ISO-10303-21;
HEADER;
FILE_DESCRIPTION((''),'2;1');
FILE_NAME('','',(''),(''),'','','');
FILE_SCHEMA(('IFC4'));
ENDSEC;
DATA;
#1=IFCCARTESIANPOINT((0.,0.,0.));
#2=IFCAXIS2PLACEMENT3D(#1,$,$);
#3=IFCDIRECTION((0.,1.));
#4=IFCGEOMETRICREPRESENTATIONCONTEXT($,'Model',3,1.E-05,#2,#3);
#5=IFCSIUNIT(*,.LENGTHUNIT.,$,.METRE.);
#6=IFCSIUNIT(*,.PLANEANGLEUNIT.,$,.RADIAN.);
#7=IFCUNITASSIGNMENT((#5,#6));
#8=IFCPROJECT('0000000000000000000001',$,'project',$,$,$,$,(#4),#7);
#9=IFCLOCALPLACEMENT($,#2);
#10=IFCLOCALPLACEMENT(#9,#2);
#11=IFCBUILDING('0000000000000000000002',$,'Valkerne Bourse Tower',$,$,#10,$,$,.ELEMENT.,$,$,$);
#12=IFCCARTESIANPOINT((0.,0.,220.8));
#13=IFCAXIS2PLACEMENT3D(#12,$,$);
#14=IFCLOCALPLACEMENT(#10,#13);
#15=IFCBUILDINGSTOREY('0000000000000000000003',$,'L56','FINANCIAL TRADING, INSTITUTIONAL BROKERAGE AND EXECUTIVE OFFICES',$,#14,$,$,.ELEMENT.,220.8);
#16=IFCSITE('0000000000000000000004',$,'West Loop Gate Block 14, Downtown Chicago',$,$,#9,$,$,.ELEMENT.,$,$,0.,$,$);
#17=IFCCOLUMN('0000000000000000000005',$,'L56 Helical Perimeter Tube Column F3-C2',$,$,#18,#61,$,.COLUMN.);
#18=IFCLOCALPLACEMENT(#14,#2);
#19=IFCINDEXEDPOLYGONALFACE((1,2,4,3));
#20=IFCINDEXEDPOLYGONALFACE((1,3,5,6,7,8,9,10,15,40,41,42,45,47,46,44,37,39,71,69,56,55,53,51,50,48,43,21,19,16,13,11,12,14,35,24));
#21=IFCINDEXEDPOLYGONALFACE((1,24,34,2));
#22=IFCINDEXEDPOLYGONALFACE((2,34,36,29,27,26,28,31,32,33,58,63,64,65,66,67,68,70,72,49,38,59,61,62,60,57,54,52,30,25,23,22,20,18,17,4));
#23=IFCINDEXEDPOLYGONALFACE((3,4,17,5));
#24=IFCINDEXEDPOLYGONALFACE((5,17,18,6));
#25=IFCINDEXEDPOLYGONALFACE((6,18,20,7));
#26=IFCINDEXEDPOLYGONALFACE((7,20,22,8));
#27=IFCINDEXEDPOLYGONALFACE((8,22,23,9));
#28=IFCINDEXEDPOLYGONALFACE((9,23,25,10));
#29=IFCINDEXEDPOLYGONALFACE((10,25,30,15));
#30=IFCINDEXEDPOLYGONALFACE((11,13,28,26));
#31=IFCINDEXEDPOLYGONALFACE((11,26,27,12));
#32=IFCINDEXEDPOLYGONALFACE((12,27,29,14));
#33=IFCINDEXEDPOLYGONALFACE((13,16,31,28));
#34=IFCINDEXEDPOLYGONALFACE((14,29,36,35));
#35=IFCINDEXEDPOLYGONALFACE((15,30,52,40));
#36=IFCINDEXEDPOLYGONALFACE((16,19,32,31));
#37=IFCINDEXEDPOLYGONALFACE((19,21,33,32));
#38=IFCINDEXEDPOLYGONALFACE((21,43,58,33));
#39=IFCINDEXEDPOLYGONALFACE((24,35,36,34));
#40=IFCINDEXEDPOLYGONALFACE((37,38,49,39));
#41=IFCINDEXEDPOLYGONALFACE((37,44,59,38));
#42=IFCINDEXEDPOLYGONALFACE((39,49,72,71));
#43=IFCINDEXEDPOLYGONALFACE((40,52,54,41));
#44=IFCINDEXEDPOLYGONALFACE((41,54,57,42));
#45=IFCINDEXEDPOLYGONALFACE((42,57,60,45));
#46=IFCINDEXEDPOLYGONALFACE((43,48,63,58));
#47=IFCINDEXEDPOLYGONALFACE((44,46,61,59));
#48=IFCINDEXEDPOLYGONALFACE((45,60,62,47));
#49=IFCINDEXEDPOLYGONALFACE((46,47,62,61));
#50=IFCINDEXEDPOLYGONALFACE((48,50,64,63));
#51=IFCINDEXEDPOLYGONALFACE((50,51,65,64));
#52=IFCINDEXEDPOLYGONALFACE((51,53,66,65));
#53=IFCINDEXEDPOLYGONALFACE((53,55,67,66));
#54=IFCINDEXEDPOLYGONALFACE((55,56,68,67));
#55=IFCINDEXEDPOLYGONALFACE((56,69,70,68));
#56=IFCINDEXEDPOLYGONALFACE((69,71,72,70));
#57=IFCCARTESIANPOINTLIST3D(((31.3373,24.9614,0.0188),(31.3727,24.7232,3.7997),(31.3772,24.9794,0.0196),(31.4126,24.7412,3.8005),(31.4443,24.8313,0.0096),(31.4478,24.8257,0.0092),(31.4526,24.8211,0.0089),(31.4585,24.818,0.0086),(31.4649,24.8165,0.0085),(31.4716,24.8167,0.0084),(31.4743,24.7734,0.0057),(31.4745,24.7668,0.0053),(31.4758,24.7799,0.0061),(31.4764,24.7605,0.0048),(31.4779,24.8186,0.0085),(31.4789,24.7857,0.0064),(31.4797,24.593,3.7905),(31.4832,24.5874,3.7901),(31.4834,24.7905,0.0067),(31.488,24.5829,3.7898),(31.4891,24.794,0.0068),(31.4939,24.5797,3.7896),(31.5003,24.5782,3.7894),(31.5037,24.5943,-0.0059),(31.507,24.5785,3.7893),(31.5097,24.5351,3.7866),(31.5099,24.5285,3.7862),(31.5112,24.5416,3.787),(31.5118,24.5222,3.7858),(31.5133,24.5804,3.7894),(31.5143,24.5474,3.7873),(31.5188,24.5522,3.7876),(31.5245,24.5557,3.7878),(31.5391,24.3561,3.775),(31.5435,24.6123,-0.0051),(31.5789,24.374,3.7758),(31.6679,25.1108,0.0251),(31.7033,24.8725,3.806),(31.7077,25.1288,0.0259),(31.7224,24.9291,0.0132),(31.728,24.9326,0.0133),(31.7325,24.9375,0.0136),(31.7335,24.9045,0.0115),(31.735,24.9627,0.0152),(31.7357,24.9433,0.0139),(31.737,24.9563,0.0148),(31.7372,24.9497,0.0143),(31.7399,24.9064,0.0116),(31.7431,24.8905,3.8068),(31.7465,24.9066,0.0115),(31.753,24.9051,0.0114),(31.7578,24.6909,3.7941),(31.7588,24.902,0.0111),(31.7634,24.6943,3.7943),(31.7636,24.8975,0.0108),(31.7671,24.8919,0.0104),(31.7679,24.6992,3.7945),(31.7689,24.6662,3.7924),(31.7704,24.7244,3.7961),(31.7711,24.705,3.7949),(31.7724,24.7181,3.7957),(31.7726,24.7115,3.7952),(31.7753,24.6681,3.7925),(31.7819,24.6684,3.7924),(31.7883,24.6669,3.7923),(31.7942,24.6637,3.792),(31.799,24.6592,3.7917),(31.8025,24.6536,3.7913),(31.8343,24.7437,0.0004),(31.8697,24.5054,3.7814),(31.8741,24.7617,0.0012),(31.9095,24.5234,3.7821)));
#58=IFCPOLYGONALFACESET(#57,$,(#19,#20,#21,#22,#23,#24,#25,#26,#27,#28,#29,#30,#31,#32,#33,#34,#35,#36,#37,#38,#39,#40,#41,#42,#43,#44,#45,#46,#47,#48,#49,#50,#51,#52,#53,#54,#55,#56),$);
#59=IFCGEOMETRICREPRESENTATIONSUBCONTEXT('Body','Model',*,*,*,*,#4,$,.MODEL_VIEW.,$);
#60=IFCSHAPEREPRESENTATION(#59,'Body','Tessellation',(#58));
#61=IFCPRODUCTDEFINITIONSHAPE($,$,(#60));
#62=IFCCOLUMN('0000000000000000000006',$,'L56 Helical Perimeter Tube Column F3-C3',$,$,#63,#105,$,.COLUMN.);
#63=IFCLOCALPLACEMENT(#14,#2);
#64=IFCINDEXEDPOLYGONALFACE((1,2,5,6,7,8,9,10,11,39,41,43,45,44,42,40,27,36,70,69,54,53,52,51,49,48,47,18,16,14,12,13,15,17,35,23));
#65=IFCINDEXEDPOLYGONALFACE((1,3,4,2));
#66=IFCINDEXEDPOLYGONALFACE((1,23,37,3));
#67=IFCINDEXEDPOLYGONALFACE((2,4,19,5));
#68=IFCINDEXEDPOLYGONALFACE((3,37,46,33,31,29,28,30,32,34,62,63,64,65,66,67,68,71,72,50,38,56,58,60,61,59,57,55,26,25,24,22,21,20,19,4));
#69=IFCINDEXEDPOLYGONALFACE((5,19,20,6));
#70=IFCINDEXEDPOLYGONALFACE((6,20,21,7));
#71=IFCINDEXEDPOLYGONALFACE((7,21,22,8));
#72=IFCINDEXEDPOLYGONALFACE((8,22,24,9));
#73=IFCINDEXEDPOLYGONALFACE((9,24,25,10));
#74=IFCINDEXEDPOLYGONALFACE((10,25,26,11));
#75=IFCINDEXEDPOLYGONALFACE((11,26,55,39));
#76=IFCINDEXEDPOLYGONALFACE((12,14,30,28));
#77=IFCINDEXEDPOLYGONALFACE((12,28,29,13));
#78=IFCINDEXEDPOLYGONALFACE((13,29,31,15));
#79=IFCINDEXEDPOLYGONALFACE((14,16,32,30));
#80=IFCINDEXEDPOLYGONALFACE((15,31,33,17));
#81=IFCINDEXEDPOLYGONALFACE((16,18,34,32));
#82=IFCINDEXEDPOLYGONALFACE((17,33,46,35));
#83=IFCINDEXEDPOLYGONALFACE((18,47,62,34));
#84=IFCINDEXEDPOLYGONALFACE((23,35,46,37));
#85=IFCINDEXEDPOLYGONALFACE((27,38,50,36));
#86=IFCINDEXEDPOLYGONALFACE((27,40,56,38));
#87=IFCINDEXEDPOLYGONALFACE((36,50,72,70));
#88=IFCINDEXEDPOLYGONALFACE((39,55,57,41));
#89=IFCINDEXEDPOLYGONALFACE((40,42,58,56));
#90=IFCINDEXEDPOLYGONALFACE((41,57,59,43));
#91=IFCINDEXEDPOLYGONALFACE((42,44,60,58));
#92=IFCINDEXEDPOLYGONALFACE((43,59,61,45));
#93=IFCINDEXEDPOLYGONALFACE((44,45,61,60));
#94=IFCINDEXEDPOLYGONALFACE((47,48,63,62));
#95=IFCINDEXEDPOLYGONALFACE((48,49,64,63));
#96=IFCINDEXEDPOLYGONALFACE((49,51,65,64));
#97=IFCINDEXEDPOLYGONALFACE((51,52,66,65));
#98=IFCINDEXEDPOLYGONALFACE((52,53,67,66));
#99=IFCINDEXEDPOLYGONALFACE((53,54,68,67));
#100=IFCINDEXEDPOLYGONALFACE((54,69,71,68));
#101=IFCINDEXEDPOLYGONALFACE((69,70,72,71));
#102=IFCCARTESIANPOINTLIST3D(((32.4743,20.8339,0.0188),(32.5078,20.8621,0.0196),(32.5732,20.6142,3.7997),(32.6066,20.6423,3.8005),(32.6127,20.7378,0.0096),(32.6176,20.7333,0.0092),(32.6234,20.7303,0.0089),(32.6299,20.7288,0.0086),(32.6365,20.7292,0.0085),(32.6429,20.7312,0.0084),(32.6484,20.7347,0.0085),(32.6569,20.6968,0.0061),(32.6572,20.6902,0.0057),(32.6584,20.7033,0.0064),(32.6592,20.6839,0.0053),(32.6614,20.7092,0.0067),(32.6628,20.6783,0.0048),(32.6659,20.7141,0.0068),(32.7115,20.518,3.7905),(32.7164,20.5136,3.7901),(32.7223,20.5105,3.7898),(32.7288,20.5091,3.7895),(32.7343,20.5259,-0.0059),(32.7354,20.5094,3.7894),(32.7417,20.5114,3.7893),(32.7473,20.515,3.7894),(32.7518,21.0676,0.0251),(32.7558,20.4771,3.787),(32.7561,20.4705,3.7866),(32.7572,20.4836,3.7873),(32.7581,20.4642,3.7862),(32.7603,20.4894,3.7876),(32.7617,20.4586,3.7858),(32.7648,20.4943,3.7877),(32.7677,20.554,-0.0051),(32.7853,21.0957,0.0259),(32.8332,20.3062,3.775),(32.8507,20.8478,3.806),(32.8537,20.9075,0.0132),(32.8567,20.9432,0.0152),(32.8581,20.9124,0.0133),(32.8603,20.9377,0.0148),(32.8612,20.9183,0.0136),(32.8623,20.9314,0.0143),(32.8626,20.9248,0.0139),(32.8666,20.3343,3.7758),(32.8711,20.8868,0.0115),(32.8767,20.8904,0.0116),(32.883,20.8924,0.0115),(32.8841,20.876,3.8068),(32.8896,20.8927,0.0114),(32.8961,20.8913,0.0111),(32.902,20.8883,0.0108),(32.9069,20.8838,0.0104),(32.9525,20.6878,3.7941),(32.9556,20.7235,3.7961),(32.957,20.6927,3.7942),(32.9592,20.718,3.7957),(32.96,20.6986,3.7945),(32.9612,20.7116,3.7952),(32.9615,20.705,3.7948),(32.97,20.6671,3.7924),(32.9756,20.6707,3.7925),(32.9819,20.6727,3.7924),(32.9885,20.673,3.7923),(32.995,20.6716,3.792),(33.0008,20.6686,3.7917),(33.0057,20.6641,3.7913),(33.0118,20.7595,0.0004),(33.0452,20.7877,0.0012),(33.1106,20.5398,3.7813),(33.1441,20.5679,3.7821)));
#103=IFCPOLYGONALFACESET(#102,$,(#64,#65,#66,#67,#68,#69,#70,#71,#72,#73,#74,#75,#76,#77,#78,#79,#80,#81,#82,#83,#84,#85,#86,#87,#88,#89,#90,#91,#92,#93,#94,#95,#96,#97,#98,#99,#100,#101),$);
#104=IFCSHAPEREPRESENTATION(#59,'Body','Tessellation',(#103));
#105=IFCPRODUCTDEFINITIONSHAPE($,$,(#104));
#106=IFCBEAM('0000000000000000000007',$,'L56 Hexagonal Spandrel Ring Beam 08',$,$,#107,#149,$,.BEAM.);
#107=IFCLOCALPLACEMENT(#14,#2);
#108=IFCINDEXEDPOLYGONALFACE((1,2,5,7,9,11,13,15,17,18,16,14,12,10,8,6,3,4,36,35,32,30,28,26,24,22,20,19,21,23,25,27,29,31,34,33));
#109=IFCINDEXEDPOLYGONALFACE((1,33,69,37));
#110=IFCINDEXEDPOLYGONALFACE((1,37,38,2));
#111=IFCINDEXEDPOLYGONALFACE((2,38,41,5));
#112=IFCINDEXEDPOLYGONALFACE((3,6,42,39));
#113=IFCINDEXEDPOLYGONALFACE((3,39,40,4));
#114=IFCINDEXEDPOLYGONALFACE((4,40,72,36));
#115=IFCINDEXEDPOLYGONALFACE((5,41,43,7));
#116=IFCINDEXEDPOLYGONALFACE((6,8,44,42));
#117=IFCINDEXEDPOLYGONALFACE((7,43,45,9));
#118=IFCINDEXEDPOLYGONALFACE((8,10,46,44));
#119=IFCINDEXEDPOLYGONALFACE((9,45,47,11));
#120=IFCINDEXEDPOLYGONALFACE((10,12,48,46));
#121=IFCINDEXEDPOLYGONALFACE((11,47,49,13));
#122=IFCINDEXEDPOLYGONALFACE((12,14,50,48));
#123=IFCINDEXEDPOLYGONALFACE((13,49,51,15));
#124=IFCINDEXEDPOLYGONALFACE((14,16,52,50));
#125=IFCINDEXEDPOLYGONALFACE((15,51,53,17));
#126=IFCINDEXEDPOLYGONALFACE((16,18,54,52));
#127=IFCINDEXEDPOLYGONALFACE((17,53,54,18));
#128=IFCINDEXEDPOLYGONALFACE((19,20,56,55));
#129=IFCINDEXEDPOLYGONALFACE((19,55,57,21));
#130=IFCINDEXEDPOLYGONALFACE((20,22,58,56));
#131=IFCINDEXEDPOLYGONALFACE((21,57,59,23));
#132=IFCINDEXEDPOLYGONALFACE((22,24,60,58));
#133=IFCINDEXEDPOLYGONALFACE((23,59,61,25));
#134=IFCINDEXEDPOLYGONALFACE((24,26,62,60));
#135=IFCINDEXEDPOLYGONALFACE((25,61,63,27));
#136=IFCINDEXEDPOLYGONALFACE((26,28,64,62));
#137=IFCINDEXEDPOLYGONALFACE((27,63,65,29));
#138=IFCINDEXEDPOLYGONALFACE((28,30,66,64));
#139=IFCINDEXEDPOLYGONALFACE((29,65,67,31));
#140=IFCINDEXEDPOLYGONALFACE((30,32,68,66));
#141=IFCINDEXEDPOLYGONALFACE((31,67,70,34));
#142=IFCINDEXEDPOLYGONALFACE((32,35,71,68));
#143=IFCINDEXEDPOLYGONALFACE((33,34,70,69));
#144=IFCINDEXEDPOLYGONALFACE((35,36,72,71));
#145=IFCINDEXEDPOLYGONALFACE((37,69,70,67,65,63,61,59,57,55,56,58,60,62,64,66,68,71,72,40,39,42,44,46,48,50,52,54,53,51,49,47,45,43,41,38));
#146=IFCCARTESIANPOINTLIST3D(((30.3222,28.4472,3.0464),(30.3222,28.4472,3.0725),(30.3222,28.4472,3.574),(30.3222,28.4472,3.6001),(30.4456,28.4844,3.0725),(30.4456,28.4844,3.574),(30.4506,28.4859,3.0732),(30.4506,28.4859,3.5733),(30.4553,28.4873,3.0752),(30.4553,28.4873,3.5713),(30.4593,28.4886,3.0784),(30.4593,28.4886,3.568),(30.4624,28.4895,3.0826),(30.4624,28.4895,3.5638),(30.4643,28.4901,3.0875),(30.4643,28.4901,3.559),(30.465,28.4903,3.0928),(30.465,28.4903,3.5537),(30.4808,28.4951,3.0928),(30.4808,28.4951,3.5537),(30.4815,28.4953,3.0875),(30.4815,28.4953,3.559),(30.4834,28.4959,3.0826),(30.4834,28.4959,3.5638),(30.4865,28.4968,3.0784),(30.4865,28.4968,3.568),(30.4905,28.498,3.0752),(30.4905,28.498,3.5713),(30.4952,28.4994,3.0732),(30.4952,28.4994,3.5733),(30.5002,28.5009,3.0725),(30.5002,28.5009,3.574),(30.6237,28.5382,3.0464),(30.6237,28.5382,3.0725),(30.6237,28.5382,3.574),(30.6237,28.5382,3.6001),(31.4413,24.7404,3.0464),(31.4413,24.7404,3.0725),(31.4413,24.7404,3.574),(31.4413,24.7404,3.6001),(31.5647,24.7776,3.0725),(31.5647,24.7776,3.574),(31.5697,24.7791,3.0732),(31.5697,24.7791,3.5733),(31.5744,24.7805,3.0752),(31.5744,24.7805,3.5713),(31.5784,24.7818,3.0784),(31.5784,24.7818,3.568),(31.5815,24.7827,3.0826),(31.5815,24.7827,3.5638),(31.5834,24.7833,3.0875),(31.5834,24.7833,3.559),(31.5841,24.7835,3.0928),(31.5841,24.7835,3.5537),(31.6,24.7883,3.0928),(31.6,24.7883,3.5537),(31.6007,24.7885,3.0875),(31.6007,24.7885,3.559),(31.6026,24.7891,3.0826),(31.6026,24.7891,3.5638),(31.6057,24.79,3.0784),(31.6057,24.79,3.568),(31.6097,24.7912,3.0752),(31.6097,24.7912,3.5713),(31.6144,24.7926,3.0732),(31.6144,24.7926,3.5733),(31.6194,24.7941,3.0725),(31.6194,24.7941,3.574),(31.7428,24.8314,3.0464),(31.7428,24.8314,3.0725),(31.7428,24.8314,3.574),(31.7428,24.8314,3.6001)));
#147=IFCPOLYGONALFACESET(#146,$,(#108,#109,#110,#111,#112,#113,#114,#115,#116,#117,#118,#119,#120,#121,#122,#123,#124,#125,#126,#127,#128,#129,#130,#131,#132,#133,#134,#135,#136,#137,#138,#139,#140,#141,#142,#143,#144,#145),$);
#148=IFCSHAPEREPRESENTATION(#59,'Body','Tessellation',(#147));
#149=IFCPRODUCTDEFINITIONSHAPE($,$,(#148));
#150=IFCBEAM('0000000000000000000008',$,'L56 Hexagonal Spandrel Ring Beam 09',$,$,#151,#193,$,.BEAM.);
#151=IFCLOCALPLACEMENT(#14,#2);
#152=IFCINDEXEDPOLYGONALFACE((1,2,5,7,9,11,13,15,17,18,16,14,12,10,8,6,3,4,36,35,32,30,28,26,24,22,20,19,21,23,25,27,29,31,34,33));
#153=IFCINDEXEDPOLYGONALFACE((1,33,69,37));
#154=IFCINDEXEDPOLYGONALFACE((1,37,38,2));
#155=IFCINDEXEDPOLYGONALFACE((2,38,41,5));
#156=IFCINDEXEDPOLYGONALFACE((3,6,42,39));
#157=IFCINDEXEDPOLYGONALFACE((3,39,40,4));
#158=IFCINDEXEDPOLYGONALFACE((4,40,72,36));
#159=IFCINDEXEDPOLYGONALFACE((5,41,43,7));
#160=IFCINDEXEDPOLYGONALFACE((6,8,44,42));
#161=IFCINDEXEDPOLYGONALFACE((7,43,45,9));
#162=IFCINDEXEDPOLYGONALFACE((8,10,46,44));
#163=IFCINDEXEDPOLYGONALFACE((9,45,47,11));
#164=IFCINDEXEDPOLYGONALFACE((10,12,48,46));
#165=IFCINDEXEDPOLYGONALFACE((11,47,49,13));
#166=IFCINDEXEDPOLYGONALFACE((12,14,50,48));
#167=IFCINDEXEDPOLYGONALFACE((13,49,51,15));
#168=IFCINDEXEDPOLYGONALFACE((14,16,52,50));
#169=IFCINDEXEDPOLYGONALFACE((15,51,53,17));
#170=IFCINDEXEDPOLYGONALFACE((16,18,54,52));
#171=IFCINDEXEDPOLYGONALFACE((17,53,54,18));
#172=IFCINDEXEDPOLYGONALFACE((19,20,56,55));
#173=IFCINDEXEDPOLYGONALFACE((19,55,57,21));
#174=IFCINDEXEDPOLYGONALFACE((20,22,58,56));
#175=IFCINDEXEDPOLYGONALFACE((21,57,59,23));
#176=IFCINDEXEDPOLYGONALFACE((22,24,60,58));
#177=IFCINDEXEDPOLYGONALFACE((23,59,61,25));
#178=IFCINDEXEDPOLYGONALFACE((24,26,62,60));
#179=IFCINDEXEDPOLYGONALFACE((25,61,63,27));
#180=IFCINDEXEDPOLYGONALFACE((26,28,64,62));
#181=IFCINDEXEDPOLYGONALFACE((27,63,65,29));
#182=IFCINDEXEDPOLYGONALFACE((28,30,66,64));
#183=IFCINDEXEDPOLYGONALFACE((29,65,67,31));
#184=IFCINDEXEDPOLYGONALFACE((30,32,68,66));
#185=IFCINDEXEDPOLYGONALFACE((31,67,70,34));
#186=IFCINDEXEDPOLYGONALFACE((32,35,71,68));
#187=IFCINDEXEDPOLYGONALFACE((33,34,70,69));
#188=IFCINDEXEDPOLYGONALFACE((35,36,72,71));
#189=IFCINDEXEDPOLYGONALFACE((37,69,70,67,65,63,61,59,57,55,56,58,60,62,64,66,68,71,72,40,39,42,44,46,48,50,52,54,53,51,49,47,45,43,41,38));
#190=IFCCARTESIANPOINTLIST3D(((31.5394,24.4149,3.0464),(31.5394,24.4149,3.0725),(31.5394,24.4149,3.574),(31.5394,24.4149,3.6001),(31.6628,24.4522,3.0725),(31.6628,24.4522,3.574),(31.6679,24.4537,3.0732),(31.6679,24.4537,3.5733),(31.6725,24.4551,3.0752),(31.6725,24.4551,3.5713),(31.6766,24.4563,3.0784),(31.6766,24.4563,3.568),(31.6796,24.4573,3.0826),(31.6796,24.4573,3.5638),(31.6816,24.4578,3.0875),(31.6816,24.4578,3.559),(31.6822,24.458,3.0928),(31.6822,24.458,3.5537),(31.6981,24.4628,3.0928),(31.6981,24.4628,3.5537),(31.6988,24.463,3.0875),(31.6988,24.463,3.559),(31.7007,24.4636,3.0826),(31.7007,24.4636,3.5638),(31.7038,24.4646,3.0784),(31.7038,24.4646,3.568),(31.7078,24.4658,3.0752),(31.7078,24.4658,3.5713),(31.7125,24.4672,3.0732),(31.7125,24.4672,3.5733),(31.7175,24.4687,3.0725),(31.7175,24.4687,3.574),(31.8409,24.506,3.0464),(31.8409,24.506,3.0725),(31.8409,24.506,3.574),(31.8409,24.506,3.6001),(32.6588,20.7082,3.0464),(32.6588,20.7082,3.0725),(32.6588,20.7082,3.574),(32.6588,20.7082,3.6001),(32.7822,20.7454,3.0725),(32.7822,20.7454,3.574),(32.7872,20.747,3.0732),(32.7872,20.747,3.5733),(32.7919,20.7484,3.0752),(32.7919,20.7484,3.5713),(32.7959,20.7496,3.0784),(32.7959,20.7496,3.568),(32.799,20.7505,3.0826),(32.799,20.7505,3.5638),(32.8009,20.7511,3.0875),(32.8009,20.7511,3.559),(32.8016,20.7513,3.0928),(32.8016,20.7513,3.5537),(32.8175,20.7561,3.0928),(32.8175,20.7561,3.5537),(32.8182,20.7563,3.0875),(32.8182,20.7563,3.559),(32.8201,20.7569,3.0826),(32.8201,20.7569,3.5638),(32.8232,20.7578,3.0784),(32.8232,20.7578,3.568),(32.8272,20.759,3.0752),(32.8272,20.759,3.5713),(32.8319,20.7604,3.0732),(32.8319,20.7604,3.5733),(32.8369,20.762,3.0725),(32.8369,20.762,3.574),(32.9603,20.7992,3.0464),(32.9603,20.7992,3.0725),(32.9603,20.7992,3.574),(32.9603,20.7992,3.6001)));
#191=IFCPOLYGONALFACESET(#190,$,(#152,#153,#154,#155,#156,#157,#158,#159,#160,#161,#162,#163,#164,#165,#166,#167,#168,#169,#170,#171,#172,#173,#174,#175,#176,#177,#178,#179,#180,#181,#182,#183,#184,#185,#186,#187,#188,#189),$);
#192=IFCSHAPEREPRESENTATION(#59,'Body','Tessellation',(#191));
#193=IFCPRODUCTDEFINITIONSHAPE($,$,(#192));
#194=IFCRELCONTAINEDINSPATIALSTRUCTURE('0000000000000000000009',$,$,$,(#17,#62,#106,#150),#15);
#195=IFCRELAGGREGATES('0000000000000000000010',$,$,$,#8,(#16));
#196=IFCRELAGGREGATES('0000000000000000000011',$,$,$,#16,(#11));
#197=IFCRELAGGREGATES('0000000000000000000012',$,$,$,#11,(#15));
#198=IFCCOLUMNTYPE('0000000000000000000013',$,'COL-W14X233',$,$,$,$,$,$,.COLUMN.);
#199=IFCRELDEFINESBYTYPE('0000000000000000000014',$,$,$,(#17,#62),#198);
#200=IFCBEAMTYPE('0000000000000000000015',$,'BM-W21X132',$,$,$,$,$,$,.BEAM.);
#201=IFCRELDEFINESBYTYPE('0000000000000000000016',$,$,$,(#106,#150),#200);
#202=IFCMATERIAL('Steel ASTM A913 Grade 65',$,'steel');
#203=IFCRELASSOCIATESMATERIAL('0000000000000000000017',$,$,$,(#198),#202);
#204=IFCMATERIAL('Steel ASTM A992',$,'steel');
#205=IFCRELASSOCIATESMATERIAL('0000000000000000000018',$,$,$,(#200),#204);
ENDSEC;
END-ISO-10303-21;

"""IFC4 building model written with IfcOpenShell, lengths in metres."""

from ifc_helpers import new_model, si_unit, direction, frame, origin, origin_2d, place, context, subcontext, project, spatial, i_section, extrude, material, material_profile, profile_set, type_object, element, save


model = new_model("IFC4")

# Units and contexts
model_context = context("Model", 3, precision=1e-05, world=origin(), true_north=direction((0.0, 1.0)))
body_context = subcontext(model_context, "Body", "Model", "MODEL_VIEW")
ifc_project = project(units=[si_unit("LENGTHUNIT", "METRE"), si_unit("PLANEANGLEUNIT", "RADIAN")], contexts=[model_context])

# Site, building, storey
site_placement = place(None, origin())
site = spatial("IfcSite", under=ifc_project, at=site_placement, Name="West Loop Gate Block 14, Downtown Chicago", CompositionType="ELEMENT", RefElevation=0.0)
building_placement = place(site_placement, origin())
building = spatial("IfcBuilding", under=site, at=building_placement, Name="Valkerne Bourse Tower", CompositionType="ELEMENT")
storey_placement = place(building_placement, frame((0.0, 0.0, 220.8)))
storey = spatial("IfcBuildingStorey", under=building, at=storey_placement, Name="L56", Description="FINANCIAL TRADING, INSTITUTIONAL BROKERAGE AND EXECUTIVE OFFICES", CompositionType="ELEMENT", Elevation=220.8)

# Columns
ifc_material_1 = material(Name="Steel ASTM A913 Grade 65", Category="steel")
ifc_material_profile_1 = material_profile(ifc_material_1, i_section(OverallWidth=0.4038, OverallDepth=0.4065, WebThickness=0.0271, FlangeThickness=0.0437, FilletRadius=0.0254, at=origin_2d()), Name="W14X233")
ifc_profile_set_1 = profile_set([ifc_material_profile_1], Name="Steel ASTM A913 Grade 65")
column_type = type_object("IfcColumnType", Name="COL-W14X233", PredefinedType="COLUMN", material=ifc_profile_set_1)
for number, where, z_axis, x_axis, name in (
    (1, (31.6057, 24.8616, 0.01), (0.009344, -0.062893, 0.997977), (0.412029, -0.909116, -0.061151), "L56 Helical Perimeter Tube Column F3-C2"),
    (2, (32.7598, 20.8108, 0.01), (0.026098, -0.057996, 0.997976), (0.643695, -0.762834, -0.061164), "L56 Helical Perimeter Tube Column F3-C3"),
):
    element("IfcColumn", number, at=place(storey_placement, frame(where, z_axis=z_axis, x_axis=x_axis)), inside=storey, type_object=column_type, Name=name, PredefinedType="COLUMN", context=body_context, shape_type="SweptSolid", body=[
        extrude(i_section(OverallWidth=0.4038, OverallDepth=0.4065, WebThickness=0.0271, FlangeThickness=0.0437, FilletRadius=0.0254, at=origin_2d()), origin(), (0.0, 0.0, 1.0), 3.7886),
    ])

# Beams
ifc_material_2 = material(Name="Steel ASTM A992", Category="steel")
ifc_material_profile_2 = material_profile(ifc_material_2, i_section(OverallWidth=0.3149, OverallDepth=0.5537, WebThickness=0.0166, FlangeThickness=0.0261, FilletRadius=0.0203, at=origin_2d()), Name="W21X132")
ifc_profile_set_2 = profile_set([ifc_material_profile_2], Name="Steel ASTM A992")
beam_type = type_object("IfcBeamType", Name="BM-W21X132", PredefinedType="BEAM", material=ifc_profile_set_2)
for number, where, z_axis, x_axis, name in (
    (3, (30.4729, 28.4927, 3.3232), (0.289031, -0.95732, 0.0), (0.95732, 0.289031, 0.0), "L56 Hexagonal Spandrel Ring Beam 08"),
    (4, (31.6902, 24.4604, 3.3232), (0.289089, -0.957302, 0.0), (0.957302, 0.289089, 0.0), "L56 Hexagonal Spandrel Ring Beam 09"),
):
    element("IfcBeam", number, at=place(storey_placement, frame(where, z_axis=z_axis, x_axis=x_axis)), inside=storey, type_object=beam_type, Name=name, PredefinedType="BEAM", context=body_context, shape_type="SweptSolid", body=[
        extrude(i_section(OverallWidth=0.3149, OverallDepth=0.5537, WebThickness=0.0166, FlangeThickness=0.0261, FilletRadius=0.0203, at=origin_2d()), origin(), (0.0, 0.0, 1.0), 3.8721),
    ])

save(model, "model.ifc")
